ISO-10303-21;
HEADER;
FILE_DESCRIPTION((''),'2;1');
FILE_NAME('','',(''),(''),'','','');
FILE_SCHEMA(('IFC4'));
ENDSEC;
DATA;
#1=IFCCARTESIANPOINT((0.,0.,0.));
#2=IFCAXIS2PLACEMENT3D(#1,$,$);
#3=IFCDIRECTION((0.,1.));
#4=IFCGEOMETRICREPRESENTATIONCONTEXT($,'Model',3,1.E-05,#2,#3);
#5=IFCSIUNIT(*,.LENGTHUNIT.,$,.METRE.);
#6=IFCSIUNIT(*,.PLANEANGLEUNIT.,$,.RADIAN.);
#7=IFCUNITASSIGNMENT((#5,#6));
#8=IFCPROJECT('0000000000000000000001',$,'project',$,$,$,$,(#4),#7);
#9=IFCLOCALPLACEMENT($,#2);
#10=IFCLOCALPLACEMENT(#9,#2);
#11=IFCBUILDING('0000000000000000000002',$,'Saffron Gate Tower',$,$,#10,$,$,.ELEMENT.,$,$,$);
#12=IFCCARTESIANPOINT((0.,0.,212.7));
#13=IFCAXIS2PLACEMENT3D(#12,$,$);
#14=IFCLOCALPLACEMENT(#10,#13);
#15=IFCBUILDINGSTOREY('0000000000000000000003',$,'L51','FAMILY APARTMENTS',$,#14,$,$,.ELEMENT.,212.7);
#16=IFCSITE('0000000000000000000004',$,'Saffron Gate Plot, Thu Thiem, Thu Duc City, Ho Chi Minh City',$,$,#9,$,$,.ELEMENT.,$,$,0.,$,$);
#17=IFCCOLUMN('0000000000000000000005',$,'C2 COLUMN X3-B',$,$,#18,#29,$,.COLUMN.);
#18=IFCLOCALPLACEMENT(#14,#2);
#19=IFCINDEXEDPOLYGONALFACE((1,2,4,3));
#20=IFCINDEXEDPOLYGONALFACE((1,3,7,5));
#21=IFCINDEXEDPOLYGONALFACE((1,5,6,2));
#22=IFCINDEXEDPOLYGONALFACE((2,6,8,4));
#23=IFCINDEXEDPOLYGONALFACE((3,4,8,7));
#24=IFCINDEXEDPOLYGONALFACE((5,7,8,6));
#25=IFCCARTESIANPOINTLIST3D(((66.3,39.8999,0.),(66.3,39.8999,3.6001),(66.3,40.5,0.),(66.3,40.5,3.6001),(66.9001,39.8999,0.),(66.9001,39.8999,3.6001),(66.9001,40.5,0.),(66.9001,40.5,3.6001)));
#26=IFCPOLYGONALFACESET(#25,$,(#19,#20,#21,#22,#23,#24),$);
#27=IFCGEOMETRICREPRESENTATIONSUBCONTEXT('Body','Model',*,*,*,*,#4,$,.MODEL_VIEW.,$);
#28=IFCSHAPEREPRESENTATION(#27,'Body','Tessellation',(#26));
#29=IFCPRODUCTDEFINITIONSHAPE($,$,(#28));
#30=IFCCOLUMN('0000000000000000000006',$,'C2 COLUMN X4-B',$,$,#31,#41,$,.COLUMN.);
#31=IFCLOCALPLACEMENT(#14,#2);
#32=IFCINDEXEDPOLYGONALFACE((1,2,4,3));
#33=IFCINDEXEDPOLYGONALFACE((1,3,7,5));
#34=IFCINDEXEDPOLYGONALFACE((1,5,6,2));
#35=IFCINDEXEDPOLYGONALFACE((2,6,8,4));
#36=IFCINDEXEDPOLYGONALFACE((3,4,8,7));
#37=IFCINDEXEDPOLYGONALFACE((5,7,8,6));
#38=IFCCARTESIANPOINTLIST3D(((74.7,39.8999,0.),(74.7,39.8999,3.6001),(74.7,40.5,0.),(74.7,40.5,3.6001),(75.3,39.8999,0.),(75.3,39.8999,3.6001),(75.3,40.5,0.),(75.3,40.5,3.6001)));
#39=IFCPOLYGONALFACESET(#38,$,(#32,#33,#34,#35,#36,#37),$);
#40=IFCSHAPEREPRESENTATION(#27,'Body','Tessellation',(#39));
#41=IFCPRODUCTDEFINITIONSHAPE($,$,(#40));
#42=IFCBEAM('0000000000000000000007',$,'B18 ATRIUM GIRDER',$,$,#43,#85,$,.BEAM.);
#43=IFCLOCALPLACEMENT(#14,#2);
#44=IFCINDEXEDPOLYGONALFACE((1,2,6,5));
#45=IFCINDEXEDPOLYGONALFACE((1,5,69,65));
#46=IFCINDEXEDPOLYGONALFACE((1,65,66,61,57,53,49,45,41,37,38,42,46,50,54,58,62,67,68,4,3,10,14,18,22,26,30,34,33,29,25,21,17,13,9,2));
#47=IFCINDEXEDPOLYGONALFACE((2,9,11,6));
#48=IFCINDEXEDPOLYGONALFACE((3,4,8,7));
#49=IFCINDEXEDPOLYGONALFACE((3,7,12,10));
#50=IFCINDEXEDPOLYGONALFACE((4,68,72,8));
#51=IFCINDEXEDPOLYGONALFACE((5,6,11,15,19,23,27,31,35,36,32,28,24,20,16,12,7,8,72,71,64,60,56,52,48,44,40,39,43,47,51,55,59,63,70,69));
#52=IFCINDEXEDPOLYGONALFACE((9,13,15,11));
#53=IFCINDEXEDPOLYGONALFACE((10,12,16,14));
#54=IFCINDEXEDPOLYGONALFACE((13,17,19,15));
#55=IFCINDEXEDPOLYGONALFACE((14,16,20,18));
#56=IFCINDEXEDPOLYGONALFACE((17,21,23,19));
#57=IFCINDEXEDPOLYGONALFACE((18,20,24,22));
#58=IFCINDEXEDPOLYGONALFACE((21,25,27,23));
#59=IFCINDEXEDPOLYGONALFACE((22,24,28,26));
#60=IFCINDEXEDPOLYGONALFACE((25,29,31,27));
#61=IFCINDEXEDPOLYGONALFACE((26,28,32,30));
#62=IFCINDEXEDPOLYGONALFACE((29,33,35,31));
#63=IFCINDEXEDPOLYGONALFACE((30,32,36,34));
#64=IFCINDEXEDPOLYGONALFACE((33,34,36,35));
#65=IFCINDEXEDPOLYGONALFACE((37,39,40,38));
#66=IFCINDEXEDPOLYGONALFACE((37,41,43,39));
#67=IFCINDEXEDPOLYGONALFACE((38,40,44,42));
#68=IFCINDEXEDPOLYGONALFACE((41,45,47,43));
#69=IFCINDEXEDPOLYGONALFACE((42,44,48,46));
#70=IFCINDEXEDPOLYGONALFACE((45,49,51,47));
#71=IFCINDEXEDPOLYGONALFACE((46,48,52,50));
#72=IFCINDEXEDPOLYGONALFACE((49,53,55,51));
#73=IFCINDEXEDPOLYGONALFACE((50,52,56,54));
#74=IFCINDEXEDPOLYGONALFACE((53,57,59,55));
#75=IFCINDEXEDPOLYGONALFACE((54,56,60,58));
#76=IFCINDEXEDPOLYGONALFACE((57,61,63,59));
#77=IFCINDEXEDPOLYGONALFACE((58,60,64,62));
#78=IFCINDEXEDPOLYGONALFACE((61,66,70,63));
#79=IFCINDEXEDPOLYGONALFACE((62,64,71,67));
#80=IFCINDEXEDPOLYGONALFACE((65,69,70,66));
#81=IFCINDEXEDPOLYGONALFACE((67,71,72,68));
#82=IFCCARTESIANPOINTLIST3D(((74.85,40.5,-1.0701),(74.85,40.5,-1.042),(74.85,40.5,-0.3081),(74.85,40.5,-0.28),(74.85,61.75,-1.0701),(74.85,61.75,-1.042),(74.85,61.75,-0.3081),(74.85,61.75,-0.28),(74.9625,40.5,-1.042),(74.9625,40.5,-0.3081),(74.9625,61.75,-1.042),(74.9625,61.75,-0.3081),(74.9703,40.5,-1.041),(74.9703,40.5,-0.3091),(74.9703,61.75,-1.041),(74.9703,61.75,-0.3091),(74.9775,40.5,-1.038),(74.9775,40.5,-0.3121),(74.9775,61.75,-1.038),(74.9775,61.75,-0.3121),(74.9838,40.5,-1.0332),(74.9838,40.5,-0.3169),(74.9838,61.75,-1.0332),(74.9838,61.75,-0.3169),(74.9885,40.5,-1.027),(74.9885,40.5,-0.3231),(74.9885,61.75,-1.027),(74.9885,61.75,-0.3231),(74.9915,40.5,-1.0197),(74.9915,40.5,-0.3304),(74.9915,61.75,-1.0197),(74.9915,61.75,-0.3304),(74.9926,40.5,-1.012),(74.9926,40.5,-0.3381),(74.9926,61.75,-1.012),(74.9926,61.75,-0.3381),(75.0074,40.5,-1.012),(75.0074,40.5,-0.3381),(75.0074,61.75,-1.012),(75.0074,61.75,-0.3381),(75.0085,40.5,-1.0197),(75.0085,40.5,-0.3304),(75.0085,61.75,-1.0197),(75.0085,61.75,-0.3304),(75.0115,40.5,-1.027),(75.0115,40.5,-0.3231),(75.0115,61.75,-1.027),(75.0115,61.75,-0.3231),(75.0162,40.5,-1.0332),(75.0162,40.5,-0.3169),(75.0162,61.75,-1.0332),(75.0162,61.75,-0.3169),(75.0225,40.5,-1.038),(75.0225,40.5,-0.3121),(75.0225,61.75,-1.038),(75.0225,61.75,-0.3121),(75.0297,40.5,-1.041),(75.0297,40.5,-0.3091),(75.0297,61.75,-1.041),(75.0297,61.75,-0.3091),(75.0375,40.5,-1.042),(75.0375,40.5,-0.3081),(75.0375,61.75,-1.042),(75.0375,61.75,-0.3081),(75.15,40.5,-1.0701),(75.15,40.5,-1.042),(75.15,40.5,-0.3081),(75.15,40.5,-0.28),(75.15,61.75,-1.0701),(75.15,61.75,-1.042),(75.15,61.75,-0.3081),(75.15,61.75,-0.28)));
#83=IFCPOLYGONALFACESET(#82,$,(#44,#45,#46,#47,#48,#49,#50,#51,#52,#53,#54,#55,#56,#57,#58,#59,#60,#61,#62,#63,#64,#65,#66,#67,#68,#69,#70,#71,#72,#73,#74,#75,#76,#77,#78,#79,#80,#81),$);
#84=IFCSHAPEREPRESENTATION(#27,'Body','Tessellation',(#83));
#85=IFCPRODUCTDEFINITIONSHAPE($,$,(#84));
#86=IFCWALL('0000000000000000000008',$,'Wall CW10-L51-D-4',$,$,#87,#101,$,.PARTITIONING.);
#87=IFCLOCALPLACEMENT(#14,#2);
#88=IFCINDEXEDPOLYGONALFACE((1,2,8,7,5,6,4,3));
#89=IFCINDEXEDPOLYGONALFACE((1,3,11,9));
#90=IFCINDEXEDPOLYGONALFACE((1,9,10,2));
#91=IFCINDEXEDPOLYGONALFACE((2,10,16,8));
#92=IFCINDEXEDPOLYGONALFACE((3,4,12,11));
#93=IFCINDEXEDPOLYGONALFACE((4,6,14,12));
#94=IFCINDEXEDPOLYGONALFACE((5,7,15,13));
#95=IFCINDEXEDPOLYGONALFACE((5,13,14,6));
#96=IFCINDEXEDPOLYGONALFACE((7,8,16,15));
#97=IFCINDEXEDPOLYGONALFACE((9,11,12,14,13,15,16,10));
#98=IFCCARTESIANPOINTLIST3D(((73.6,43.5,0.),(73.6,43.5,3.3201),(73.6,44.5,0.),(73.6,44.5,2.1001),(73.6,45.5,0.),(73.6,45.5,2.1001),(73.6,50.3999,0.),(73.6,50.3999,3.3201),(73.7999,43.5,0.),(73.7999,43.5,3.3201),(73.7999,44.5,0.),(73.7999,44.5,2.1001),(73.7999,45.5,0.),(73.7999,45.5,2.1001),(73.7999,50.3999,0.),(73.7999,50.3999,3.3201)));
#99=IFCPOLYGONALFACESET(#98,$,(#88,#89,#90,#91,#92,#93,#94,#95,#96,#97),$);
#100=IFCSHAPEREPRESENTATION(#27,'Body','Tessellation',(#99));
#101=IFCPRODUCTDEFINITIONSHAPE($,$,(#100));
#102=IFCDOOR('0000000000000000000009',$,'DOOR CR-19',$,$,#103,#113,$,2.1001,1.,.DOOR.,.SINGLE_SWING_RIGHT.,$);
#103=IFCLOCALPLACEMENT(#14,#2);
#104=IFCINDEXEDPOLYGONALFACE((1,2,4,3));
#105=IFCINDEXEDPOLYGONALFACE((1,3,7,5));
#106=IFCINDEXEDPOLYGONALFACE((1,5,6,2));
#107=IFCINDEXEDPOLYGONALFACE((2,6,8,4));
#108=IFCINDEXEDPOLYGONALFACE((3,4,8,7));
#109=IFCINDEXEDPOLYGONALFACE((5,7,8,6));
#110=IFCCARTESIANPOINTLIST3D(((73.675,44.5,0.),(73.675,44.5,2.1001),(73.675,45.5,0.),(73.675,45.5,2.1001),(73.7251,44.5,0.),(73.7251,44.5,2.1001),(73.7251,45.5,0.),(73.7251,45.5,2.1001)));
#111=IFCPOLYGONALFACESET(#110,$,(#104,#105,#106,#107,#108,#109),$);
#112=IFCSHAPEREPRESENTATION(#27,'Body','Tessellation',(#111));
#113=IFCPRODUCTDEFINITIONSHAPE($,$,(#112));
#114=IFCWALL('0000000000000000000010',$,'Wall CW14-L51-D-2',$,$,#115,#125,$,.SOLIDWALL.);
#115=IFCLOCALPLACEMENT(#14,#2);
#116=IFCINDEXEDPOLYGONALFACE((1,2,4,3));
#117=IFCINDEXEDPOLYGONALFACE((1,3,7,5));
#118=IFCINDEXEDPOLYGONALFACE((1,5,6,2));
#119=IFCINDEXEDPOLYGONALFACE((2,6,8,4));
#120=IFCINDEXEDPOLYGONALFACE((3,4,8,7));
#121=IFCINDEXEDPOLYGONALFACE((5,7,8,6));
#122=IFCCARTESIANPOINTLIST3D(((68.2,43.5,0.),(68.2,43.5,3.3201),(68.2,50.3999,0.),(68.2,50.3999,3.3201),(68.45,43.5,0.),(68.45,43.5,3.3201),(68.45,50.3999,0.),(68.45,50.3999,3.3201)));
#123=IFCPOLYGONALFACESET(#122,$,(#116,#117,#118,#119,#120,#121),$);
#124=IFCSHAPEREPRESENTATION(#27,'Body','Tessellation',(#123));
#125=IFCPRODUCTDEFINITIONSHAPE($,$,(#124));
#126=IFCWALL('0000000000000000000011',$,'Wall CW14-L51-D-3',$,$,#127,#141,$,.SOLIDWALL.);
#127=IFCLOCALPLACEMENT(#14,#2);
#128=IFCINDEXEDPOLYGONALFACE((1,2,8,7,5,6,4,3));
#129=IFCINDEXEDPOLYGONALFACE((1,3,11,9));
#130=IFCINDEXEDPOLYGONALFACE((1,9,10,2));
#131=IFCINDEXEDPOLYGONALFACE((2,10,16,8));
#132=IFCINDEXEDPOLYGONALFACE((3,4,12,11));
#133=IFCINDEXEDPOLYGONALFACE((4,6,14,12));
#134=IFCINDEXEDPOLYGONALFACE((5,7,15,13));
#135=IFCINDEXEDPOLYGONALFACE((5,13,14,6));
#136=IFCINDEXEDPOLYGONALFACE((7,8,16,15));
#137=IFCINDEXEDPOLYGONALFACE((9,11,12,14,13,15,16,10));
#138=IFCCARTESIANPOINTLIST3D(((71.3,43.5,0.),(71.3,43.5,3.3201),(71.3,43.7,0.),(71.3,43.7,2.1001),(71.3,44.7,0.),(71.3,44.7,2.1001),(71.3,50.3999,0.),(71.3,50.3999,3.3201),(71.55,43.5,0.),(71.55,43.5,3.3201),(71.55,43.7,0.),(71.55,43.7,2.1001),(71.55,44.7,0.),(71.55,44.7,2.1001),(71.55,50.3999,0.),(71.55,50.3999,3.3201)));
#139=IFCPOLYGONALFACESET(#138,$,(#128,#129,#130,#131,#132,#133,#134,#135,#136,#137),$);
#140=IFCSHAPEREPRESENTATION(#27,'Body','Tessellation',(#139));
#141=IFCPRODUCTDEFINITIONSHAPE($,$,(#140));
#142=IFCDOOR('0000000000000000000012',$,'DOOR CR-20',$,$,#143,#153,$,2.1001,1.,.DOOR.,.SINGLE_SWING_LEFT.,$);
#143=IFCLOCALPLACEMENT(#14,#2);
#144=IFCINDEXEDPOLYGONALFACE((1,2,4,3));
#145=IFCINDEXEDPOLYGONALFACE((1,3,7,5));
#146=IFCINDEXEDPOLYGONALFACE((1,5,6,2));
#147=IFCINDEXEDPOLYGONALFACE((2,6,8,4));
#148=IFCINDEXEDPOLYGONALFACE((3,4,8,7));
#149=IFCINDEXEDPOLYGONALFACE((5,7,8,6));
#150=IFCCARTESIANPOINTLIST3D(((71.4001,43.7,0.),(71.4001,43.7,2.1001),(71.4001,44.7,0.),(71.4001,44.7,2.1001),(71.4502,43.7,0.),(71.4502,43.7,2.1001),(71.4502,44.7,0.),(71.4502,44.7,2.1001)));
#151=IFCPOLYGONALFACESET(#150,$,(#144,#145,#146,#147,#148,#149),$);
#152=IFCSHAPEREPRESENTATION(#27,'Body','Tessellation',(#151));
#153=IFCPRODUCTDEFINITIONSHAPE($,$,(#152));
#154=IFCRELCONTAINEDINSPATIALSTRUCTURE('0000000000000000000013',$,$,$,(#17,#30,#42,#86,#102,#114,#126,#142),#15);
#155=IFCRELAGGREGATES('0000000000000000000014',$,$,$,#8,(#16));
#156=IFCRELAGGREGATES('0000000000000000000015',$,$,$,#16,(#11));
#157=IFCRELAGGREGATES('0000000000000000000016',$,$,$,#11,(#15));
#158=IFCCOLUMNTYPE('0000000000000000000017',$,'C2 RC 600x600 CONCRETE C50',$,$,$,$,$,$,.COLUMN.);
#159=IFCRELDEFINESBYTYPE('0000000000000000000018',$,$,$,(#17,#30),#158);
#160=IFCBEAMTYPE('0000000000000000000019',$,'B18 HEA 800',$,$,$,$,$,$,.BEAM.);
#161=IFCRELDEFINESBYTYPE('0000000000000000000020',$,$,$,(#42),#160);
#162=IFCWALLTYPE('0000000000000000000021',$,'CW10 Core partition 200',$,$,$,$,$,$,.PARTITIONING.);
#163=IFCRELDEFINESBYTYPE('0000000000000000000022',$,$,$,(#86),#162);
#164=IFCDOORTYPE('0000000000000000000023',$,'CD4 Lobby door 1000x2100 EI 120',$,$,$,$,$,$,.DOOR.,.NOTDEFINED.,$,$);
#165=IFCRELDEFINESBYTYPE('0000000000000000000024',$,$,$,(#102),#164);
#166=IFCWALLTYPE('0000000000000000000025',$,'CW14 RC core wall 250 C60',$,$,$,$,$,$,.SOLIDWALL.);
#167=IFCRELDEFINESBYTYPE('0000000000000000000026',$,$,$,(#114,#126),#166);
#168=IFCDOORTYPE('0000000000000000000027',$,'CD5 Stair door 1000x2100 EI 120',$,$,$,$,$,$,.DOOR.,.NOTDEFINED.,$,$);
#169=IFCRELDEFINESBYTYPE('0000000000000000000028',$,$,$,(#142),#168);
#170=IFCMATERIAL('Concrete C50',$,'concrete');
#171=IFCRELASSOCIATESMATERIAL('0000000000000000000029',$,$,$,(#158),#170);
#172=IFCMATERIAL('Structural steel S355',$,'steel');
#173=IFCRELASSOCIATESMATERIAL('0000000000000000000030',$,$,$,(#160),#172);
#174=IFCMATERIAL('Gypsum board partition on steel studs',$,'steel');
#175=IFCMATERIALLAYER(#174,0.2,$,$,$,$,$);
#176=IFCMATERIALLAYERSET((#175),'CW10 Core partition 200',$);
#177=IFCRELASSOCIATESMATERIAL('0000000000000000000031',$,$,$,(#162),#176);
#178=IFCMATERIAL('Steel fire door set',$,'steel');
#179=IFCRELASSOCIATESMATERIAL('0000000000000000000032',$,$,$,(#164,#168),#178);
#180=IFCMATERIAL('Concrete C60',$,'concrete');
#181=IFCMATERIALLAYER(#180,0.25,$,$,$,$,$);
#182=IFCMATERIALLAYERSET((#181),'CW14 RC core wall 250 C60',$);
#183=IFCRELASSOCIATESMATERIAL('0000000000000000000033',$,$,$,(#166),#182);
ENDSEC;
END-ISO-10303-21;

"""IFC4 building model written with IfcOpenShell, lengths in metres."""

from ifc_helpers import new_model, si_unit, direction, frame, frame_2d, origin, origin_2d, place, context, subcontext, project, spatial, rectangle, i_section, extrude, material, layer, layer_set, material_profile, profile_set, type_object, element, fill, save


model = new_model("IFC4")

# Units and contexts
model_context = context("Model", 3, precision=1e-05, world=origin(), true_north=direction((0.0, 1.0)))
body_context = subcontext(model_context, "Body", "Model", "MODEL_VIEW")
ifc_project = project(units=[si_unit("LENGTHUNIT", "METRE"), si_unit("PLANEANGLEUNIT", "RADIAN")], contexts=[model_context])

# Site, building, storey
site_placement = place(None, origin())
site = spatial("IfcSite", under=ifc_project, at=site_placement, Name="Saffron Gate Plot, Thu Thiem, Thu Duc City, Ho Chi Minh City", CompositionType="ELEMENT", RefElevation=0.0)
building_placement = place(site_placement, origin())
building = spatial("IfcBuilding", under=site, at=building_placement, Name="Saffron Gate Tower", CompositionType="ELEMENT")
storey_placement = place(building_placement, frame((0.0, 0.0, 212.7)))
storey = spatial("IfcBuildingStorey", under=building, at=storey_placement, Name="L51", Description="FAMILY APARTMENTS", CompositionType="ELEMENT", Elevation=212.7)

# Columns
ifc_material_1 = material(Name="Concrete C50", Category="concrete")
ifc_material_profile_1 = material_profile(ifc_material_1, rectangle(XDim=0.6001, YDim=0.6001, at=origin_2d()))
ifc_profile_set_1 = profile_set([ifc_material_profile_1], Name="Concrete C50")
column_type = type_object("IfcColumnType", Name="C2 RC 600x600 CONCRETE C50", PredefinedType="COLUMN", material=ifc_profile_set_1)
for number, where, z_axis, x_axis, name in (
    (1, (66.6001, 40.2, 0.0), (0.0, 0.0, 1.0), (1.0, 0.0, 0.0), "C2 COLUMN X3-B"),
    (2, (75.0, 40.2, 0.0), (0.0, 0.0, 1.0), (1.0, 0.0, 0.0), "C2 COLUMN X4-B"),
):
    element("IfcColumn", number, at=place(storey_placement, frame(where, z_axis=z_axis, x_axis=x_axis)), inside=storey, type_object=column_type, Name=name, PredefinedType="COLUMN", context=body_context, shape_type="SweptSolid", body=[
        extrude(rectangle(XDim=0.6001, YDim=0.6001, at=origin_2d()), origin(), (0.0, 0.0, 1.0), 3.6001),
    ])

# Beam
ifc_material_2 = material(Name="Structural steel S355", Category="steel")
ifc_material_profile_2 = material_profile(ifc_material_2, i_section(OverallWidth=0.3, OverallDepth=0.79, WebThickness=0.0149, FlangeThickness=0.0281, FilletRadius=0.03, at=origin_2d()))
ifc_profile_set_2 = profile_set([ifc_material_profile_2], Name="Structural steel S355")
beam_type = type_object("IfcBeamType", Name="B18 HEA 800", PredefinedType="BEAM", material=ifc_profile_set_2)
beam_placement = place(storey_placement, frame((75.0, 40.5, -0.675), z_axis=(0.0, 1.0, 0.0), x_axis=(-1.0, 0.0, 0.0)))
element("IfcBeam", 3, at=beam_placement, inside=storey, type_object=beam_type, Name="B18 ATRIUM GIRDER", PredefinedType="BEAM", context=body_context, shape_type="SweptSolid", body=[
    extrude(i_section(OverallWidth=0.3, OverallDepth=0.79, WebThickness=0.0149, FlangeThickness=0.0281, FilletRadius=0.03, at=origin_2d()), origin(), (0.0, 0.0, 1.0), 21.25),
])

# Wall, opening, door
ifc_material_3 = material(Name="Gypsum board partition on steel studs", Category="steel")
ifc_layer_1 = layer(ifc_material_3, 0.2)
ifc_layer_set_1 = layer_set([ifc_layer_1], Name="CW10 Core partition 200")
wall_type_1 = type_object("IfcWallType", Name="CW10 Core partition 200", PredefinedType="PARTITIONING", material=ifc_layer_set_1)
wall_1_placement = place(storey_placement, frame((73.7, 43.5, 0.0), z_axis=(0.0, 0.0, 1.0), x_axis=(0.0, 1.0, 0.0)))
wall_1 = element("IfcWall", 4, at=wall_1_placement, inside=storey, type_object=wall_type_1, Name="Wall CW10-L51-D-4", PredefinedType="PARTITIONING", context=body_context, shape_type="SweptSolid", body=[
    extrude(rectangle(XDim=6.8999, YDim=0.2, at=frame_2d((3.45, 0.0))), origin(), (0.0, 0.0, 1.0), 3.3201),
])
opening_1_placement = place(wall_1_placement, frame((1.0, 0.0, 0.0)))
opening_1 = element("IfcOpeningElement", 5, at=opening_1_placement, cuts=wall_1, PredefinedType="OPENING", context=body_context, shape_type="SweptSolid", body=[
    extrude(rectangle(XDim=1.0, YDim=2.1001, at=frame_2d((0.5, 1.05))), frame((0.0, 0.1099, 0.0), z_axis=(0.0, -1.0, 0.0), x_axis=(1.0, 0.0, 0.0)), (0.0, 0.0, 1.0), 0.22),
])
ifc_material_4 = material(Name="Steel fire door set", Category="steel")
door_type_1 = type_object("IfcDoorType", Name="CD4 Lobby door 1000x2100 EI 120", OperationType="NOTDEFINED", PredefinedType="DOOR", material=ifc_material_4)
door_1_placement = place(opening_1_placement, origin())
door_1 = element("IfcDoor", 6, at=door_1_placement, inside=storey, type_object=door_type_1, Name="DOOR CR-19", OperationType="SINGLE_SWING_RIGHT", OverallHeight=2.1001, OverallWidth=1.0, PredefinedType="DOOR", context=body_context, shape_type="SweptSolid", body=[
    extrude(rectangle(XDim=1.0, YDim=2.1001, at=frame_2d((0.5, 1.05))), frame((0.0, 0.0249, 0.0), z_axis=(0.0, -1.0, 0.0), x_axis=(1.0, 0.0, 0.0)), (0.0, 0.0, 1.0), 0.05),
])
fill(opening_1, door_1)

# Wall
ifc_material_5 = material(Name="Concrete C60", Category="concrete")
ifc_layer_2 = layer(ifc_material_5, 0.25)
ifc_layer_set_2 = layer_set([ifc_layer_2], Name="CW14 RC core wall 250 C60")
wall_type_2 = type_object("IfcWallType", Name="CW14 RC core wall 250 C60", PredefinedType="SOLIDWALL", material=ifc_layer_set_2)
wall_2_placement = place(storey_placement, frame((68.325, 43.5, 0.0), z_axis=(0.0, 0.0, 1.0), x_axis=(0.0, 1.0, 0.0)))
element("IfcWall", 7, at=wall_2_placement, inside=storey, type_object=wall_type_2, Name="Wall CW14-L51-D-2", PredefinedType="SOLIDWALL", context=body_context, shape_type="SweptSolid", body=[
    extrude(rectangle(XDim=6.8999, YDim=0.25, at=frame_2d((3.45, 0.0))), origin(), (0.0, 0.0, 1.0), 3.3201),
])

# Wall, opening, door
wall_3_placement = place(storey_placement, frame((71.425, 43.5, 0.0), z_axis=(0.0, 0.0, 1.0), x_axis=(0.0, 1.0, 0.0)))
wall_3 = element("IfcWall", 8, at=wall_3_placement, inside=storey, type_object=wall_type_2, Name="Wall CW14-L51-D-3", PredefinedType="SOLIDWALL", context=body_context, shape_type="SweptSolid", body=[
    extrude(rectangle(XDim=6.8999, YDim=0.25, at=frame_2d((3.45, 0.0))), origin(), (0.0, 0.0, 1.0), 3.3201),
])
opening_2_placement = place(wall_3_placement, frame((0.2, 0.0, 0.0)))
opening_2 = element("IfcOpeningElement", 9, at=opening_2_placement, cuts=wall_3, PredefinedType="OPENING", context=body_context, shape_type="SweptSolid", body=[
    extrude(rectangle(XDim=1.0, YDim=2.1001, at=frame_2d((0.5, 1.05))), frame((0.0, 0.135, 0.0), z_axis=(0.0, -1.0, 0.0), x_axis=(1.0, 0.0, 0.0)), (0.0, 0.0, 1.0), 0.27),
])
door_type_2 = type_object("IfcDoorType", Name="CD5 Stair door 1000x2100 EI 120", OperationType="NOTDEFINED", PredefinedType="DOOR", material=ifc_material_4)
door_2_placement = place(opening_2_placement, origin())
door_2 = element("IfcDoor", 10, at=door_2_placement, inside=storey, type_object=door_type_2, Name="DOOR CR-20", OperationType="SINGLE_SWING_LEFT", OverallHeight=2.1001, OverallWidth=1.0, PredefinedType="DOOR", context=body_context, shape_type="SweptSolid", body=[
    extrude(rectangle(XDim=1.0, YDim=2.1001, at=frame_2d((0.5, 1.05))), frame((0.0, 0.0249, 0.0), z_axis=(0.0, -1.0, 0.0), x_axis=(1.0, 0.0, 0.0)), (0.0, 0.0, 1.0), 0.05),
])
fill(opening_2, door_2)

save(model, "model.ifc")
